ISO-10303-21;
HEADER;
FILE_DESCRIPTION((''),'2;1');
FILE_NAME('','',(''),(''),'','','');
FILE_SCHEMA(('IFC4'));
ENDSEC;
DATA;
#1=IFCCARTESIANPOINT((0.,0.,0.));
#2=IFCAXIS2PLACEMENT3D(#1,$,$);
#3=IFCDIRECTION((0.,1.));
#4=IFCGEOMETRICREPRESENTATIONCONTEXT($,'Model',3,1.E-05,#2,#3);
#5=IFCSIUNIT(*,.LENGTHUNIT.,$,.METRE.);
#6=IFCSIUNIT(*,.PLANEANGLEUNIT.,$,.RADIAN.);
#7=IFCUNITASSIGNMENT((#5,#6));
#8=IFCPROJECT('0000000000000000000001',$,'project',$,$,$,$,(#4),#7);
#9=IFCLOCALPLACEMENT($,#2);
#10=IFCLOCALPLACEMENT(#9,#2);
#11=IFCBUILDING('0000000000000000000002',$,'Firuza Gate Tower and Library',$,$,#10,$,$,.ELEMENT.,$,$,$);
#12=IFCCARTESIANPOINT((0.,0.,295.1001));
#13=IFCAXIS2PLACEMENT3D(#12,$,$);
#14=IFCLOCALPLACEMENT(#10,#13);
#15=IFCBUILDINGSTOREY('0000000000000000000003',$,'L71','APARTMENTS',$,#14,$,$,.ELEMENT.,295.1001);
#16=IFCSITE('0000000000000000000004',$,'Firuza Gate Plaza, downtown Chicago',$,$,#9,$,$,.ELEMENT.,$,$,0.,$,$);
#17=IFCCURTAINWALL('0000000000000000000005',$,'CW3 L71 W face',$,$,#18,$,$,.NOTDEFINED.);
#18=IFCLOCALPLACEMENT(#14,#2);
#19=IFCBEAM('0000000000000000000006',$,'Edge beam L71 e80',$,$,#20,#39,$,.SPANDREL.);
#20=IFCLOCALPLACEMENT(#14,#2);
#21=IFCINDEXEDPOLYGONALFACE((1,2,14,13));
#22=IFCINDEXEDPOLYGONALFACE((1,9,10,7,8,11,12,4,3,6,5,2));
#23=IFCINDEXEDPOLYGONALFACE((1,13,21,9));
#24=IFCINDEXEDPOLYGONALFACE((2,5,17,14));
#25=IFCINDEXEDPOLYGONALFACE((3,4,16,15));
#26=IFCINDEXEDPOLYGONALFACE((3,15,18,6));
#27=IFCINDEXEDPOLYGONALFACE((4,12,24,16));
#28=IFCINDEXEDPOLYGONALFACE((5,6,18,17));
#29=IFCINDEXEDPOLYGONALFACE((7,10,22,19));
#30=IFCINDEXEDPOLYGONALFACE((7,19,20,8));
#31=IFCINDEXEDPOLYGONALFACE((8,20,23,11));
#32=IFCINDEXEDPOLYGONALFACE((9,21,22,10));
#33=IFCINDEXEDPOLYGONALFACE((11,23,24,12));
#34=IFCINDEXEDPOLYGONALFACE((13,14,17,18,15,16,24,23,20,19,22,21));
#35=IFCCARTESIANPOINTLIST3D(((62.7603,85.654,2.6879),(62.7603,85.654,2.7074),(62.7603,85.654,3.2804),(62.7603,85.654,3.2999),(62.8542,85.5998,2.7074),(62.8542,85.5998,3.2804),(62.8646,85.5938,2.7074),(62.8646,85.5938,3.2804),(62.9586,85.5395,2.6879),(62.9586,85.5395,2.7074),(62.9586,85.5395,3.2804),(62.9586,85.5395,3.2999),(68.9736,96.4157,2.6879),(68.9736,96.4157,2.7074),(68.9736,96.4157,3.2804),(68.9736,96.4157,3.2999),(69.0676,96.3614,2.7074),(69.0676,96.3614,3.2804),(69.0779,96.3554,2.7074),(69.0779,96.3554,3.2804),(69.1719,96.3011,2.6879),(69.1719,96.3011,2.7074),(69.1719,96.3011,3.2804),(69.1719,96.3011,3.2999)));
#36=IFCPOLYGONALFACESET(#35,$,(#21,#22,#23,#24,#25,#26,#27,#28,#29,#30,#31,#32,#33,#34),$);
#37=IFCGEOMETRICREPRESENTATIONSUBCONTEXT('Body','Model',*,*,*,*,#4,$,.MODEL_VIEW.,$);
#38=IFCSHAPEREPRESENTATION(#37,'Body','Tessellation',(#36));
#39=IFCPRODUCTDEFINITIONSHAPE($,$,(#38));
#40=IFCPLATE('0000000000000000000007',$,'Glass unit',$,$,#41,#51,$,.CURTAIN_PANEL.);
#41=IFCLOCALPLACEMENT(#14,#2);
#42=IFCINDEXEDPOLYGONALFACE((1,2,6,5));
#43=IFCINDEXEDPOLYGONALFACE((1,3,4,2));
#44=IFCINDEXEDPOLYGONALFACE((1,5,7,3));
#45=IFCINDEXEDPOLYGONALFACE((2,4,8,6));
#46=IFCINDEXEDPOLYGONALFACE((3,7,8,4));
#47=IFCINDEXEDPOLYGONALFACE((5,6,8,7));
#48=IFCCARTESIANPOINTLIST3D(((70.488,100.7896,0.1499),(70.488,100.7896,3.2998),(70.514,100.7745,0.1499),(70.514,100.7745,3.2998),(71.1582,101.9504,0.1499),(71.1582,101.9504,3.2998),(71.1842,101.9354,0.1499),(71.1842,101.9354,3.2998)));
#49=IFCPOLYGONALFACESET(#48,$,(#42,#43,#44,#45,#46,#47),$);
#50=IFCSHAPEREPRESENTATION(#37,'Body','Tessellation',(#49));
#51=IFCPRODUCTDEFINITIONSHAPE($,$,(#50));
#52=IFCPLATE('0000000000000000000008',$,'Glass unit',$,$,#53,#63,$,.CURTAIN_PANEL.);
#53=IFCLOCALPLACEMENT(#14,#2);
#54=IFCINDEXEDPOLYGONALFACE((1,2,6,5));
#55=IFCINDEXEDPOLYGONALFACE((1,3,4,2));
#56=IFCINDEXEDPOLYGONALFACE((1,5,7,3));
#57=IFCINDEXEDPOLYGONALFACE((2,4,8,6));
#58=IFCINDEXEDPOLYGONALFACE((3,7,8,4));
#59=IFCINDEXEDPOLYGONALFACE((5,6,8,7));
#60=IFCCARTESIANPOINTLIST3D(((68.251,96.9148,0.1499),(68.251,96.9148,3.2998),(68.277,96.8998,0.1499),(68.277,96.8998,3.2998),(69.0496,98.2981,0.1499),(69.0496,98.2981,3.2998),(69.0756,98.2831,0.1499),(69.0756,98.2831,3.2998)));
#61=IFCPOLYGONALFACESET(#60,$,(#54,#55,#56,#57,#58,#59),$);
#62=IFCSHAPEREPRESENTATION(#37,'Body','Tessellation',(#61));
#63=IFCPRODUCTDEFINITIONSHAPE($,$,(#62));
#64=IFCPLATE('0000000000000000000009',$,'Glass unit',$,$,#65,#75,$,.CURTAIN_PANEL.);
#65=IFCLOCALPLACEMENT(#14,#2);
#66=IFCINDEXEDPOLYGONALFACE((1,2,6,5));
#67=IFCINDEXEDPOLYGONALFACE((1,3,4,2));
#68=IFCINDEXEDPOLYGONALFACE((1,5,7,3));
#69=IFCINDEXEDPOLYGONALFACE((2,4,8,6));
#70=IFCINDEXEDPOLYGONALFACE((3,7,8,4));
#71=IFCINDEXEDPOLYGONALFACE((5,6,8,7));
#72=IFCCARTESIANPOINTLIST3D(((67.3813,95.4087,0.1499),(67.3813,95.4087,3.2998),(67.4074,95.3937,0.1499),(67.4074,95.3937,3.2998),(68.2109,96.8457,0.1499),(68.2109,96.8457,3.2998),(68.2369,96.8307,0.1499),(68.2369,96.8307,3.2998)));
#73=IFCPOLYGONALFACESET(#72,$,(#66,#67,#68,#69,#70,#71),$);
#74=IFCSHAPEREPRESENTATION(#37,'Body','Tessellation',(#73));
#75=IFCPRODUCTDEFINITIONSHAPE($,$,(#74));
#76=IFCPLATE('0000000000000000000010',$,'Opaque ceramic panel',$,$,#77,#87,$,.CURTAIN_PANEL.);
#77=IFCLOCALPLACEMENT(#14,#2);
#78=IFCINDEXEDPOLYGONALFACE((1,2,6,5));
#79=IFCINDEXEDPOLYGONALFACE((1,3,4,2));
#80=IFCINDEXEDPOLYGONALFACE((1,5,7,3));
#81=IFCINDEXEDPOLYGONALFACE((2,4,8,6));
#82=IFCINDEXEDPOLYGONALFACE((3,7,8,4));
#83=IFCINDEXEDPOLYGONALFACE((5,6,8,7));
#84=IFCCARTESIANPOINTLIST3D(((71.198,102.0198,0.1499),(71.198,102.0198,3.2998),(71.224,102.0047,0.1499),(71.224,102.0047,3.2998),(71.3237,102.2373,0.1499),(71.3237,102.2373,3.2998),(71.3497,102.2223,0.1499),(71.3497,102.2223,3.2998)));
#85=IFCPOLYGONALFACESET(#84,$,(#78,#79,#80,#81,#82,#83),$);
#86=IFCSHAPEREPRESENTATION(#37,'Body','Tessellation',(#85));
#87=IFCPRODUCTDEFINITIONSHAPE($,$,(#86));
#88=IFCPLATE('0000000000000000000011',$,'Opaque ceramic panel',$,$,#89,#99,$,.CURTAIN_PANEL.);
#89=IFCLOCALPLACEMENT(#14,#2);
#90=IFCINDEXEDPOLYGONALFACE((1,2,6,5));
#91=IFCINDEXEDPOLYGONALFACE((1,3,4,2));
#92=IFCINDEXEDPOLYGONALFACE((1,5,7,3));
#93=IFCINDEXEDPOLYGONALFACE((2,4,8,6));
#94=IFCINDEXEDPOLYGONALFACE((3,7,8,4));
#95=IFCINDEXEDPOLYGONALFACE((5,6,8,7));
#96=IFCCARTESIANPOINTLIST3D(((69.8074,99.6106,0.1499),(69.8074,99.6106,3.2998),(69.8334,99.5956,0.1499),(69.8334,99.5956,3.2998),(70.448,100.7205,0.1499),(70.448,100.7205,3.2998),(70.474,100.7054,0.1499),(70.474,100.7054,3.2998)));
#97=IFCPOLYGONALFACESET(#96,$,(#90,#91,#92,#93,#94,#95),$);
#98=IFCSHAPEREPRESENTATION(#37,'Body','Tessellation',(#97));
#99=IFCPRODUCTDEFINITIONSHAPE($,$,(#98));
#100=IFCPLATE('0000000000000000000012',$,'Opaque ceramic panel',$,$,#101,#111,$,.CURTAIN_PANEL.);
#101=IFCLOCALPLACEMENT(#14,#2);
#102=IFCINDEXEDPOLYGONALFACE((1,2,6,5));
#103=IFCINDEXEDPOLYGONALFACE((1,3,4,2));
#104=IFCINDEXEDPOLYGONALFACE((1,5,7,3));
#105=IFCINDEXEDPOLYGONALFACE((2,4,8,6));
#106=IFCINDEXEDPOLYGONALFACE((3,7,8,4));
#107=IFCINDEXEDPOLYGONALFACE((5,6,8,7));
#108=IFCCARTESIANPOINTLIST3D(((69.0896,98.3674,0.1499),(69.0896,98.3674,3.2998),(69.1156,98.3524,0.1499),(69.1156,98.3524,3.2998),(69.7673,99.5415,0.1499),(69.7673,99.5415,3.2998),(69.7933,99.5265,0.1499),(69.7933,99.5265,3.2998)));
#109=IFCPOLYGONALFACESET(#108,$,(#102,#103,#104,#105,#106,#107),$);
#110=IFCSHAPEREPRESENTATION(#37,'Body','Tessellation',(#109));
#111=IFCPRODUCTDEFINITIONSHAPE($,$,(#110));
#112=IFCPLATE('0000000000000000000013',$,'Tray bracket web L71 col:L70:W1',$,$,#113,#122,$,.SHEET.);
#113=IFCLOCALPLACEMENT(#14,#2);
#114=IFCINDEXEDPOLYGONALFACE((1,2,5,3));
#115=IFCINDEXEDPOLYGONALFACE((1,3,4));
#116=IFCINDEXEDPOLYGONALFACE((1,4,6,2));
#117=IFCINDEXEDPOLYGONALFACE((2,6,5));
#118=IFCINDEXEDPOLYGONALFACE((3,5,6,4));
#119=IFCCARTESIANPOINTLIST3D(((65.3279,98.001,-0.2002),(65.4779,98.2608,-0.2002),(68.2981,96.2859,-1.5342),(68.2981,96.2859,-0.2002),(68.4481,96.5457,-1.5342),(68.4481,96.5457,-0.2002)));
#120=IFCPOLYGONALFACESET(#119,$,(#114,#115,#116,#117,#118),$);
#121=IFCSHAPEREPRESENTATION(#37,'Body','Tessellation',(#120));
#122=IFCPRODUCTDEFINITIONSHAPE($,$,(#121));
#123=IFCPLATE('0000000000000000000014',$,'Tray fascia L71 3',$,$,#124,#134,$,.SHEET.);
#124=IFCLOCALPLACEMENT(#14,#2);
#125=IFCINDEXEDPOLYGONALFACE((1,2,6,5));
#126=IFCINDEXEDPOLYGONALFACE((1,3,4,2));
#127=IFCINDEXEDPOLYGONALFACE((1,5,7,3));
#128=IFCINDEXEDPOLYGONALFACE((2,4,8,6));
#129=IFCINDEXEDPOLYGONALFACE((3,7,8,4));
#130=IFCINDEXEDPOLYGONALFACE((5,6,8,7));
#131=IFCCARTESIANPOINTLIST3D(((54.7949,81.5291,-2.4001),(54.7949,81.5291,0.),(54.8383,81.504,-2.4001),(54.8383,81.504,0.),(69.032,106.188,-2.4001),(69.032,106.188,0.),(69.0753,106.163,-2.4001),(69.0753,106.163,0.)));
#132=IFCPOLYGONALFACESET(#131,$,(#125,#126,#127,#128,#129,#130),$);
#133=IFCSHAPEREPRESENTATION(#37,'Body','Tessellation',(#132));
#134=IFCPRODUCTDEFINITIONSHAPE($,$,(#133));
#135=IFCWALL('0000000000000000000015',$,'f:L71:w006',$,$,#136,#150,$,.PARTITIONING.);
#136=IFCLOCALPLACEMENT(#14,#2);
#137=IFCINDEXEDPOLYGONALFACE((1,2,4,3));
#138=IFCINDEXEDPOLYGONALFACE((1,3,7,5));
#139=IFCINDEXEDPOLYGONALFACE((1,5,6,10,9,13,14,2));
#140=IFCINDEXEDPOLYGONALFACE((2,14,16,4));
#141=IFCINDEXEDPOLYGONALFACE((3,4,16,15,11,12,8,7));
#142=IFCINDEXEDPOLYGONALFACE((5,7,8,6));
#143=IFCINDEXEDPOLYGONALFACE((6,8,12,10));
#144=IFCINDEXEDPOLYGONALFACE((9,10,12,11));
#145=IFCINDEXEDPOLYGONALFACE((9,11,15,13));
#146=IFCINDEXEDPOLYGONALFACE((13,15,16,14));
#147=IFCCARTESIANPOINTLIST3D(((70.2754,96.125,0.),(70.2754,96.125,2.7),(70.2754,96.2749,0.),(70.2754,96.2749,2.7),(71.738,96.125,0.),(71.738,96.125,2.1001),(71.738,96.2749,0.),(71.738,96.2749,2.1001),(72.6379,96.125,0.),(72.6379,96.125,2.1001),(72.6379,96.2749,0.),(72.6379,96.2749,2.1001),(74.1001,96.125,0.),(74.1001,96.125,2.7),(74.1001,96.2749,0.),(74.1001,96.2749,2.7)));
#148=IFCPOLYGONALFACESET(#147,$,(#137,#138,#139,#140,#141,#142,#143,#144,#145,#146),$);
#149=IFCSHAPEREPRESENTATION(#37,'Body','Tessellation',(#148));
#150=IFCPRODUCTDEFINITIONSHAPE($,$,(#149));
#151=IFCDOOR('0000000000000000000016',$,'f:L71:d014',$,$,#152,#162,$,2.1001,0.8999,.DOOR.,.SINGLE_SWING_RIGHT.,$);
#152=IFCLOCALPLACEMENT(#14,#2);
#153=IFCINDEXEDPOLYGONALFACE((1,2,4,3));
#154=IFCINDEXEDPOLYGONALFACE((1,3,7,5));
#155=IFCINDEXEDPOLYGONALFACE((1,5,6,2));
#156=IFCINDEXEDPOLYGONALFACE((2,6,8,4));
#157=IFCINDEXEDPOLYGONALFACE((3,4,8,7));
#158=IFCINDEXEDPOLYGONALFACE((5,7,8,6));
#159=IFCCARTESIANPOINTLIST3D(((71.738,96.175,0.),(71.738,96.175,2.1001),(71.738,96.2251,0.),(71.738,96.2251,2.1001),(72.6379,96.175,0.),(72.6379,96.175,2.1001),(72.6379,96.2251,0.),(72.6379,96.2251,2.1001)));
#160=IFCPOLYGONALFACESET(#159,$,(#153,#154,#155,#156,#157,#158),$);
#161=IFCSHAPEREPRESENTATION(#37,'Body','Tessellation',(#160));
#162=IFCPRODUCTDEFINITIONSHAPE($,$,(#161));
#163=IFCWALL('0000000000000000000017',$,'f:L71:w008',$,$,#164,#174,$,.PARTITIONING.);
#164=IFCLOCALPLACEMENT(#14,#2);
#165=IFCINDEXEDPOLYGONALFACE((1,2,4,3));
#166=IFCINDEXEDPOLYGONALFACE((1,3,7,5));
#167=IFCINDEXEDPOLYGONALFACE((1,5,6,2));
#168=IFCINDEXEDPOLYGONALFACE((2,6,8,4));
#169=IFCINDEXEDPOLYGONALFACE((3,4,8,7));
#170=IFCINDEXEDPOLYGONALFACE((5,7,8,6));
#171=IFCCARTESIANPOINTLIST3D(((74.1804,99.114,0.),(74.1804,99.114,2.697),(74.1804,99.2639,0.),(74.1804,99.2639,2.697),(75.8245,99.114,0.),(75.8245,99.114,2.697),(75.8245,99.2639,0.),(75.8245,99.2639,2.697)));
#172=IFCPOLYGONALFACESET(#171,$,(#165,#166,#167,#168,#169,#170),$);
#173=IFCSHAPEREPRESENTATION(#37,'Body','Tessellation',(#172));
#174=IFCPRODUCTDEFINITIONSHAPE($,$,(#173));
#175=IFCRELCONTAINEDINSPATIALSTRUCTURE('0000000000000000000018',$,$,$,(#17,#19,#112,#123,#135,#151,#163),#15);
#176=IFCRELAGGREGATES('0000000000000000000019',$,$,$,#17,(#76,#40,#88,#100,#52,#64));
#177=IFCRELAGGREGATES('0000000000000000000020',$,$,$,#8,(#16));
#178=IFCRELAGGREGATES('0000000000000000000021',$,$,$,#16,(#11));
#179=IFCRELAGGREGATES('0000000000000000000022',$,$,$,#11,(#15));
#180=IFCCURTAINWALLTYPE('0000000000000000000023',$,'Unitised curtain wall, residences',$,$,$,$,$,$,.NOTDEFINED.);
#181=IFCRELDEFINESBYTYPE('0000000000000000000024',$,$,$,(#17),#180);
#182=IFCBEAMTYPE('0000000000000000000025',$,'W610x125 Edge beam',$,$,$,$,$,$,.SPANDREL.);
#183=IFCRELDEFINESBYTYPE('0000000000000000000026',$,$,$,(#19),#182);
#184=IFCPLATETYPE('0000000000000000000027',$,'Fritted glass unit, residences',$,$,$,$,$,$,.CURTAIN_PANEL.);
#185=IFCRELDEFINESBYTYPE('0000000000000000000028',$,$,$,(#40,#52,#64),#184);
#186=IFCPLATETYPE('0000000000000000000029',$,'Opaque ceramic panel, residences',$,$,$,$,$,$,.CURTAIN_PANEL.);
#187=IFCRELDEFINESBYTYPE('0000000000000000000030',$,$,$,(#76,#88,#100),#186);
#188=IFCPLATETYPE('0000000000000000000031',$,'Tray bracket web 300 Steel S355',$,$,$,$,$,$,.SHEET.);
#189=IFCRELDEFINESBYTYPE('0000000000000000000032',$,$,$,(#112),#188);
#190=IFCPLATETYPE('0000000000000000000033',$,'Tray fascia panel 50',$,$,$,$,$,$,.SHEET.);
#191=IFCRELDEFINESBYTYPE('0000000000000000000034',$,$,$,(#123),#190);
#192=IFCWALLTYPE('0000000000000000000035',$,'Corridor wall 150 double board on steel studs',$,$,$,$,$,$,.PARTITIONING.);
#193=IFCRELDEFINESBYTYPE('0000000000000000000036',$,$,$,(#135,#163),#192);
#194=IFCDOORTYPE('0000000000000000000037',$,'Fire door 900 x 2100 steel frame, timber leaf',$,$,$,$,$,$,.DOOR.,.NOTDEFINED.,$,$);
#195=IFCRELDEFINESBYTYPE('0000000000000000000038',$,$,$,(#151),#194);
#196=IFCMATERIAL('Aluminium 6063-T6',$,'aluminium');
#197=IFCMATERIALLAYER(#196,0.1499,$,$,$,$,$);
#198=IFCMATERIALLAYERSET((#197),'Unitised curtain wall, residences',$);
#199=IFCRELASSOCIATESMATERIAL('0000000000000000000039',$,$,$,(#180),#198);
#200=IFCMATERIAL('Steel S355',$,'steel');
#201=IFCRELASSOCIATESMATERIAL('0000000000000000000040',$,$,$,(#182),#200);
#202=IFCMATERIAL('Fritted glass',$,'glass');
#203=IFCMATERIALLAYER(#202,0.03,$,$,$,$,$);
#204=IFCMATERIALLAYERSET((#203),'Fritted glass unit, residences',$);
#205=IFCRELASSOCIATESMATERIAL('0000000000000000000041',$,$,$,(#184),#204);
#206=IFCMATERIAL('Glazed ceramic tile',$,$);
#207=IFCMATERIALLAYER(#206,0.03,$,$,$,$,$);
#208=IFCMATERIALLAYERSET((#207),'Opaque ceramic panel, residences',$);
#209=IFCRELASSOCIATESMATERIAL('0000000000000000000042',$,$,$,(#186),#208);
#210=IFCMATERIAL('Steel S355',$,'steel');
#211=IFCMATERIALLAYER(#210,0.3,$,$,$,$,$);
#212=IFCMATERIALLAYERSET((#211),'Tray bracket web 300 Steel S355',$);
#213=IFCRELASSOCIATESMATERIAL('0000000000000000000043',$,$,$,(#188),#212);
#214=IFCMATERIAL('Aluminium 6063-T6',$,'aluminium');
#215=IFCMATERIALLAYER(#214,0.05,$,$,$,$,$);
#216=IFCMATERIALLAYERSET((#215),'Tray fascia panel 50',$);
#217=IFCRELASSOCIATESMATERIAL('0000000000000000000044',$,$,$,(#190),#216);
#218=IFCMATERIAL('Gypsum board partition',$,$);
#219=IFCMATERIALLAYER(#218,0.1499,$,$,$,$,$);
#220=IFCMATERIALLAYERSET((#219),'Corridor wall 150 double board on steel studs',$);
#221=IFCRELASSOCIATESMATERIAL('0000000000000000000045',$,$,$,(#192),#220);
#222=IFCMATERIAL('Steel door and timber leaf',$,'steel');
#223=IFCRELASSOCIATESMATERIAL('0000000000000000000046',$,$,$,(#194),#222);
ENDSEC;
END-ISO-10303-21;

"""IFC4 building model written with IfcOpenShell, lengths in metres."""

from ifc_helpers import new_model, si_unit, direction, frame, frame_2d, origin, origin_2d, place, context, subcontext, project, spatial, polyline, rectangle, i_section, outline, extrude, material, layer, layer_set, material_profile, profile_set, type_object, element, fill, aggregate, save


model = new_model("IFC4")

# Units and contexts
model_context = context("Model", 3, precision=1e-05, world=origin(), true_north=direction((0.0, 1.0)))
body_context = subcontext(model_context, "Body", "Model", "MODEL_VIEW")
ifc_project = project(units=[si_unit("LENGTHUNIT", "METRE"), si_unit("PLANEANGLEUNIT", "RADIAN")], contexts=[model_context])

# Site, building, storey
site_placement = place(None, origin())
site = spatial("IfcSite", under=ifc_project, at=site_placement, Name="Firuza Gate Plaza, downtown Chicago", CompositionType="ELEMENT", RefElevation=0.0)
building_placement = place(site_placement, origin())
building = spatial("IfcBuilding", under=site, at=building_placement, Name="Firuza Gate Tower and Library", CompositionType="ELEMENT")
storey_placement = place(building_placement, frame((0.0, 0.0, 295.1001)))
storey = spatial("IfcBuildingStorey", under=building, at=storey_placement, Name="L71", Description="APARTMENTS", CompositionType="ELEMENT", Elevation=295.1001)

# Curtain wall
ifc_material_1 = material(Name="Aluminium 6063-T6", Category="aluminium")
ifc_layer_1 = layer(ifc_material_1, 0.1499)
ifc_layer_set_1 = layer_set([ifc_layer_1], Name="Unitised curtain wall, residences")
curtain_wall_type = type_object("IfcCurtainWallType", Name="Unitised curtain wall, residences", PredefinedType="NOTDEFINED", material=ifc_layer_set_1)
curtain_wall_placement = place(storey_placement, origin())
curtain_wall = element("IfcCurtainWall", 1, at=curtain_wall_placement, inside=storey, type_object=curtain_wall_type, Name="CW3 L71 W face", PredefinedType="NOTDEFINED")

# Beam
ifc_material_2 = material(Name="Steel S355", Category="steel")
ifc_material_profile_1 = material_profile(ifc_material_2, i_section(OverallWidth=0.229, OverallDepth=0.6121, WebThickness=0.012, FlangeThickness=0.0195, at=origin_2d()))
ifc_profile_set_1 = profile_set([ifc_material_profile_1], Name="Steel S355")
beam_type_1 = type_object("IfcBeamType", Name="W610x125 Edge beam", PredefinedType="SPANDREL", material=ifc_profile_set_1)
beam_1_placement = place(storey_placement, frame((69.0728, 96.3584, 2.9939), z_axis=(-0.500006, -0.866022, 0.0), x_axis=(0.866022, -0.500006, 0.0)))
element("IfcBeam", 2, at=beam_1_placement, inside=storey, type_object=beam_type_1, Name="Edge beam L71 e80", PredefinedType="SPANDREL", context=body_context, shape_type="SweptSolid", body=[
    extrude(i_section(OverallWidth=0.229, OverallDepth=0.6121, WebThickness=0.012, FlangeThickness=0.0195, at=origin_2d()), origin(), (0.0, 0.0, 1.0), 12.4265),
])

# Plates
ifc_material_3 = material(Name="Fritted glass", Category="glass")
ifc_layer_2 = layer(ifc_material_3, 0.03)
ifc_layer_set_2 = layer_set([ifc_layer_2], Name="Fritted glass unit, residences")
plate_type_1 = type_object("IfcPlateType", Name="Fritted glass unit, residences", PredefinedType="CURTAIN_PANEL", material=ifc_layer_set_2)
plate_1_placement = place(storey_placement, frame((71.1582, 101.9504, 0.1499), z_axis=(-0.866049, 0.499959, 0.0), x_axis=(-0.499959, -0.866049, 0.0)))
plate_1 = element("IfcPlate", 3, at=plate_1_placement, type_object=plate_type_1, Name="Glass unit", PredefinedType="CURTAIN_PANEL", context=body_context, shape_type="SweptSolid", body=[
    extrude(outline(polyline([(0.0, 0.0), (1.3404, 0.0), (1.3404, 3.1499), (0.0, 3.1499), (0.0, 0.0)])), origin(), (0.0, 0.0, -1.0), 0.03),
])
plate_2_placement = place(storey_placement, frame((69.0496, 98.2981, 0.1499), z_axis=(-0.866043, 0.499969, 0.0), x_axis=(-0.499969, -0.866043, 0.0)))
plate_2 = element("IfcPlate", 4, at=plate_2_placement, type_object=plate_type_1, Name="Glass unit", PredefinedType="CURTAIN_PANEL", context=body_context, shape_type="SweptSolid", body=[
    extrude(outline(polyline([(0.0, 0.0), (1.5973, 0.0), (1.5973, 3.1499), (0.0, 3.1499), (0.0, 0.0)])), origin(), (0.0, 0.0, -1.0), 0.03),
])
plate_3_placement = place(storey_placement, frame((68.2109, 96.8457, 0.1499), z_axis=(-0.866043, 0.499969, 0.0), x_axis=(-0.499969, -0.866043, 0.0)))
plate_3 = element("IfcPlate", 5, at=plate_3_placement, type_object=plate_type_1, Name="Glass unit", PredefinedType="CURTAIN_PANEL", context=body_context, shape_type="SweptSolid", body=[
    extrude(outline(polyline([(0.0, 0.0), (1.6593, 0.0), (1.6593, 3.1499), (0.0, 3.1499), (0.0, 0.0)])), origin(), (0.0, 0.0, -1.0), 0.03),
])
ifc_material_4 = material(Name="Glazed ceramic tile")
ifc_layer_3 = layer(ifc_material_4, 0.03)
ifc_layer_set_3 = layer_set([ifc_layer_3], Name="Opaque ceramic panel, residences")
plate_type_2 = type_object("IfcPlateType", Name="Opaque ceramic panel, residences", PredefinedType="CURTAIN_PANEL", material=ifc_layer_set_3)
plate_4_placement = place(storey_placement, frame((71.3237, 102.2373, 0.1499), z_axis=(-0.865781, 0.500423, 0.0), x_axis=(-0.500423, -0.865781, 0.0)))
plate_4 = element("IfcPlate", 6, at=plate_4_placement, type_object=plate_type_2, Name="Opaque ceramic panel", PredefinedType="CURTAIN_PANEL", context=body_context, shape_type="SweptSolid", body=[
    extrude(outline(polyline([(0.0, 0.0), (0.2513, 0.0), (0.2513, 3.1499), (0.0, 3.1499), (0.0, 0.0)])), origin(), (0.0, 0.0, -1.0), 0.03),
])
plate_5_placement = place(storey_placement, frame((70.448, 100.7205, 0.1499), z_axis=(-0.866078, 0.499909, 0.0), x_axis=(-0.499909, -0.866078, 0.0)))
plate_5 = element("IfcPlate", 7, at=plate_5_placement, type_object=plate_type_2, Name="Opaque ceramic panel", PredefinedType="CURTAIN_PANEL", context=body_context, shape_type="SweptSolid", body=[
    extrude(outline(polyline([(0.0, 0.0), (1.2815, 0.0), (1.2815, 3.1499), (0.0, 3.1499), (0.0, 0.0)])), origin(), (0.0, 0.0, -1.0), 0.03),
])
plate_6_placement = place(storey_placement, frame((69.7673, 99.5415, 0.1499), z_axis=(-0.866063, 0.499936, 0.0), x_axis=(-0.499936, -0.866063, 0.0)))
plate_6 = element("IfcPlate", 8, at=plate_6_placement, type_object=plate_type_2, Name="Opaque ceramic panel", PredefinedType="CURTAIN_PANEL", context=body_context, shape_type="SweptSolid", body=[
    extrude(outline(polyline([(0.0, 0.0), (1.3556, 0.0), (1.3556, 3.1499), (0.0, 3.1499), (0.0, 0.0)])), origin(), (0.0, 0.0, -1.0), 0.03),
])
aggregate(curtain_wall, [plate_4, plate_1, plate_5, plate_6, plate_2, plate_3])

# Plates
ifc_material_5 = material(Name="Steel S355", Category="steel")
ifc_layer_4 = layer(ifc_material_5, 0.3)
ifc_layer_set_4 = layer_set([ifc_layer_4], Name="Tray bracket web 300 Steel S355")
plate_type_3 = type_object("IfcPlateType", Name="Tray bracket web 300 Steel S355", PredefinedType="SHEET", material=ifc_layer_set_4)
plate_7_placement = place(storey_placement, frame((68.2981, 96.2859, -0.2002), z_axis=(-0.500051, -0.865996, 0.0), x_axis=(-0.865996, 0.500051, 0.0)))
element("IfcPlate", 9, at=plate_7_placement, inside=storey, type_object=plate_type_3, Name="Tray bracket web L71 col:L70:W1", PredefinedType="SHEET", context=body_context, shape_type="SweptSolid", body=[
    extrude(outline(polyline([(0.0, 0.0), (3.4298, 0.0), (0.0, 1.334), (0.0, 0.0)])), origin(), (0.0, 0.0, -1.0), 0.3),
])
ifc_material_6 = material(Name="Aluminium 6063-T6", Category="aluminium")
ifc_layer_5 = layer(ifc_material_6, 0.05)
ifc_layer_set_5 = layer_set([ifc_layer_5], Name="Tray fascia panel 50")
plate_type_4 = type_object("IfcPlateType", Name="Tray fascia panel 50", PredefinedType="SHEET", material=ifc_layer_set_5)
plate_8_placement = place(storey_placement, frame((69.032, 106.188, -2.4001), z_axis=(-0.866022, 0.500006, 0.0), x_axis=(-0.500006, -0.866022, 0.0)))
element("IfcPlate", 10, at=plate_8_placement, inside=storey, type_object=plate_type_4, Name="Tray fascia L71 3", PredefinedType="SHEET", context=body_context, shape_type="SweptSolid", body=[
    extrude(outline(polyline([(0.0, 0.0), (28.4738, 0.0), (28.4738, 2.4001), (0.0, 2.4001), (0.0, 0.0)])), origin(), (0.0, 0.0, -1.0), 0.05),
])

# Wall, opening, door
ifc_material_7 = material(Name="Gypsum board partition")
ifc_layer_6 = layer(ifc_material_7, 0.1499)
ifc_layer_set_6 = layer_set([ifc_layer_6], Name="Corridor wall 150 double board on steel studs")
wall_type_1 = type_object("IfcWallType", Name="Corridor wall 150 double board on steel studs", PredefinedType="PARTITIONING", material=ifc_layer_set_6)
wall_1_placement = place(storey_placement, frame((74.1001, 96.2, 0.0), z_axis=(0.0, 0.0, 1.0), x_axis=(-1.0, 0.0, 0.0)))
wall_1 = element("IfcWall", 11, at=wall_1_placement, inside=storey, type_object=wall_type_1, Name="f:L71:w006", PredefinedType="PARTITIONING", context=body_context, shape_type="SweptSolid", body=[
    extrude(rectangle(XDim=3.8247, YDim=0.1499, at=frame_2d((1.9124, 0.0))), origin(), (0.0, 0.0, 1.0), 2.7),
])
opening_placement = place(wall_1_placement, frame((1.4622, 0.0, 0.0)))
opening = element("IfcOpeningElement", 12, at=opening_placement, cuts=wall_1, PredefinedType="OPENING", context=body_context, shape_type="SweptSolid", body=[
    extrude(rectangle(XDim=0.8999, YDim=2.1001, at=frame_2d((0.45, 1.05))), frame((0.0, 0.085, 0.0), z_axis=(0.0, -1.0, 0.0), x_axis=(1.0, 0.0, 0.0)), (0.0, 0.0, 1.0), 0.1699),
])
ifc_material_8 = material(Name="Steel door and timber leaf", Category="steel")
door_type = type_object("IfcDoorType", Name="Fire door 900 x 2100 steel frame, timber leaf", OperationType="NOTDEFINED", PredefinedType="DOOR", material=ifc_material_8)
door_placement = place(opening_placement, origin())
door = element("IfcDoor", 13, at=door_placement, inside=storey, type_object=door_type, Name="f:L71:d014", OperationType="SINGLE_SWING_RIGHT", OverallHeight=2.1001, OverallWidth=0.8999, PredefinedType="DOOR", context=body_context, shape_type="SweptSolid", body=[
    extrude(rectangle(XDim=0.8999, YDim=2.1001, at=frame_2d((0.45, 1.05))), frame((0.0, 0.0249, 0.0), z_axis=(0.0, -1.0, 0.0), x_axis=(1.0, 0.0, 0.0)), (0.0, 0.0, 1.0), 0.05),
])
fill(opening, door)

# Wall
wall_2_placement = place(storey_placement, frame((74.1804, 99.189, 0.0), z_axis=(0.0, 0.0, 1.0), x_axis=(1.0, 0.0, 0.0)))
element("IfcWall", 14, at=wall_2_placement, inside=storey, type_object=wall_type_1, Name="f:L71:w008", PredefinedType="PARTITIONING", context=body_context, shape_type="SweptSolid", body=[
    extrude(rectangle(XDim=1.644, YDim=0.1499, at=frame_2d((0.822, 0.0))), origin(), (0.0, 0.0, 1.0), 2.697),
])

save(model, "model.ifc")
